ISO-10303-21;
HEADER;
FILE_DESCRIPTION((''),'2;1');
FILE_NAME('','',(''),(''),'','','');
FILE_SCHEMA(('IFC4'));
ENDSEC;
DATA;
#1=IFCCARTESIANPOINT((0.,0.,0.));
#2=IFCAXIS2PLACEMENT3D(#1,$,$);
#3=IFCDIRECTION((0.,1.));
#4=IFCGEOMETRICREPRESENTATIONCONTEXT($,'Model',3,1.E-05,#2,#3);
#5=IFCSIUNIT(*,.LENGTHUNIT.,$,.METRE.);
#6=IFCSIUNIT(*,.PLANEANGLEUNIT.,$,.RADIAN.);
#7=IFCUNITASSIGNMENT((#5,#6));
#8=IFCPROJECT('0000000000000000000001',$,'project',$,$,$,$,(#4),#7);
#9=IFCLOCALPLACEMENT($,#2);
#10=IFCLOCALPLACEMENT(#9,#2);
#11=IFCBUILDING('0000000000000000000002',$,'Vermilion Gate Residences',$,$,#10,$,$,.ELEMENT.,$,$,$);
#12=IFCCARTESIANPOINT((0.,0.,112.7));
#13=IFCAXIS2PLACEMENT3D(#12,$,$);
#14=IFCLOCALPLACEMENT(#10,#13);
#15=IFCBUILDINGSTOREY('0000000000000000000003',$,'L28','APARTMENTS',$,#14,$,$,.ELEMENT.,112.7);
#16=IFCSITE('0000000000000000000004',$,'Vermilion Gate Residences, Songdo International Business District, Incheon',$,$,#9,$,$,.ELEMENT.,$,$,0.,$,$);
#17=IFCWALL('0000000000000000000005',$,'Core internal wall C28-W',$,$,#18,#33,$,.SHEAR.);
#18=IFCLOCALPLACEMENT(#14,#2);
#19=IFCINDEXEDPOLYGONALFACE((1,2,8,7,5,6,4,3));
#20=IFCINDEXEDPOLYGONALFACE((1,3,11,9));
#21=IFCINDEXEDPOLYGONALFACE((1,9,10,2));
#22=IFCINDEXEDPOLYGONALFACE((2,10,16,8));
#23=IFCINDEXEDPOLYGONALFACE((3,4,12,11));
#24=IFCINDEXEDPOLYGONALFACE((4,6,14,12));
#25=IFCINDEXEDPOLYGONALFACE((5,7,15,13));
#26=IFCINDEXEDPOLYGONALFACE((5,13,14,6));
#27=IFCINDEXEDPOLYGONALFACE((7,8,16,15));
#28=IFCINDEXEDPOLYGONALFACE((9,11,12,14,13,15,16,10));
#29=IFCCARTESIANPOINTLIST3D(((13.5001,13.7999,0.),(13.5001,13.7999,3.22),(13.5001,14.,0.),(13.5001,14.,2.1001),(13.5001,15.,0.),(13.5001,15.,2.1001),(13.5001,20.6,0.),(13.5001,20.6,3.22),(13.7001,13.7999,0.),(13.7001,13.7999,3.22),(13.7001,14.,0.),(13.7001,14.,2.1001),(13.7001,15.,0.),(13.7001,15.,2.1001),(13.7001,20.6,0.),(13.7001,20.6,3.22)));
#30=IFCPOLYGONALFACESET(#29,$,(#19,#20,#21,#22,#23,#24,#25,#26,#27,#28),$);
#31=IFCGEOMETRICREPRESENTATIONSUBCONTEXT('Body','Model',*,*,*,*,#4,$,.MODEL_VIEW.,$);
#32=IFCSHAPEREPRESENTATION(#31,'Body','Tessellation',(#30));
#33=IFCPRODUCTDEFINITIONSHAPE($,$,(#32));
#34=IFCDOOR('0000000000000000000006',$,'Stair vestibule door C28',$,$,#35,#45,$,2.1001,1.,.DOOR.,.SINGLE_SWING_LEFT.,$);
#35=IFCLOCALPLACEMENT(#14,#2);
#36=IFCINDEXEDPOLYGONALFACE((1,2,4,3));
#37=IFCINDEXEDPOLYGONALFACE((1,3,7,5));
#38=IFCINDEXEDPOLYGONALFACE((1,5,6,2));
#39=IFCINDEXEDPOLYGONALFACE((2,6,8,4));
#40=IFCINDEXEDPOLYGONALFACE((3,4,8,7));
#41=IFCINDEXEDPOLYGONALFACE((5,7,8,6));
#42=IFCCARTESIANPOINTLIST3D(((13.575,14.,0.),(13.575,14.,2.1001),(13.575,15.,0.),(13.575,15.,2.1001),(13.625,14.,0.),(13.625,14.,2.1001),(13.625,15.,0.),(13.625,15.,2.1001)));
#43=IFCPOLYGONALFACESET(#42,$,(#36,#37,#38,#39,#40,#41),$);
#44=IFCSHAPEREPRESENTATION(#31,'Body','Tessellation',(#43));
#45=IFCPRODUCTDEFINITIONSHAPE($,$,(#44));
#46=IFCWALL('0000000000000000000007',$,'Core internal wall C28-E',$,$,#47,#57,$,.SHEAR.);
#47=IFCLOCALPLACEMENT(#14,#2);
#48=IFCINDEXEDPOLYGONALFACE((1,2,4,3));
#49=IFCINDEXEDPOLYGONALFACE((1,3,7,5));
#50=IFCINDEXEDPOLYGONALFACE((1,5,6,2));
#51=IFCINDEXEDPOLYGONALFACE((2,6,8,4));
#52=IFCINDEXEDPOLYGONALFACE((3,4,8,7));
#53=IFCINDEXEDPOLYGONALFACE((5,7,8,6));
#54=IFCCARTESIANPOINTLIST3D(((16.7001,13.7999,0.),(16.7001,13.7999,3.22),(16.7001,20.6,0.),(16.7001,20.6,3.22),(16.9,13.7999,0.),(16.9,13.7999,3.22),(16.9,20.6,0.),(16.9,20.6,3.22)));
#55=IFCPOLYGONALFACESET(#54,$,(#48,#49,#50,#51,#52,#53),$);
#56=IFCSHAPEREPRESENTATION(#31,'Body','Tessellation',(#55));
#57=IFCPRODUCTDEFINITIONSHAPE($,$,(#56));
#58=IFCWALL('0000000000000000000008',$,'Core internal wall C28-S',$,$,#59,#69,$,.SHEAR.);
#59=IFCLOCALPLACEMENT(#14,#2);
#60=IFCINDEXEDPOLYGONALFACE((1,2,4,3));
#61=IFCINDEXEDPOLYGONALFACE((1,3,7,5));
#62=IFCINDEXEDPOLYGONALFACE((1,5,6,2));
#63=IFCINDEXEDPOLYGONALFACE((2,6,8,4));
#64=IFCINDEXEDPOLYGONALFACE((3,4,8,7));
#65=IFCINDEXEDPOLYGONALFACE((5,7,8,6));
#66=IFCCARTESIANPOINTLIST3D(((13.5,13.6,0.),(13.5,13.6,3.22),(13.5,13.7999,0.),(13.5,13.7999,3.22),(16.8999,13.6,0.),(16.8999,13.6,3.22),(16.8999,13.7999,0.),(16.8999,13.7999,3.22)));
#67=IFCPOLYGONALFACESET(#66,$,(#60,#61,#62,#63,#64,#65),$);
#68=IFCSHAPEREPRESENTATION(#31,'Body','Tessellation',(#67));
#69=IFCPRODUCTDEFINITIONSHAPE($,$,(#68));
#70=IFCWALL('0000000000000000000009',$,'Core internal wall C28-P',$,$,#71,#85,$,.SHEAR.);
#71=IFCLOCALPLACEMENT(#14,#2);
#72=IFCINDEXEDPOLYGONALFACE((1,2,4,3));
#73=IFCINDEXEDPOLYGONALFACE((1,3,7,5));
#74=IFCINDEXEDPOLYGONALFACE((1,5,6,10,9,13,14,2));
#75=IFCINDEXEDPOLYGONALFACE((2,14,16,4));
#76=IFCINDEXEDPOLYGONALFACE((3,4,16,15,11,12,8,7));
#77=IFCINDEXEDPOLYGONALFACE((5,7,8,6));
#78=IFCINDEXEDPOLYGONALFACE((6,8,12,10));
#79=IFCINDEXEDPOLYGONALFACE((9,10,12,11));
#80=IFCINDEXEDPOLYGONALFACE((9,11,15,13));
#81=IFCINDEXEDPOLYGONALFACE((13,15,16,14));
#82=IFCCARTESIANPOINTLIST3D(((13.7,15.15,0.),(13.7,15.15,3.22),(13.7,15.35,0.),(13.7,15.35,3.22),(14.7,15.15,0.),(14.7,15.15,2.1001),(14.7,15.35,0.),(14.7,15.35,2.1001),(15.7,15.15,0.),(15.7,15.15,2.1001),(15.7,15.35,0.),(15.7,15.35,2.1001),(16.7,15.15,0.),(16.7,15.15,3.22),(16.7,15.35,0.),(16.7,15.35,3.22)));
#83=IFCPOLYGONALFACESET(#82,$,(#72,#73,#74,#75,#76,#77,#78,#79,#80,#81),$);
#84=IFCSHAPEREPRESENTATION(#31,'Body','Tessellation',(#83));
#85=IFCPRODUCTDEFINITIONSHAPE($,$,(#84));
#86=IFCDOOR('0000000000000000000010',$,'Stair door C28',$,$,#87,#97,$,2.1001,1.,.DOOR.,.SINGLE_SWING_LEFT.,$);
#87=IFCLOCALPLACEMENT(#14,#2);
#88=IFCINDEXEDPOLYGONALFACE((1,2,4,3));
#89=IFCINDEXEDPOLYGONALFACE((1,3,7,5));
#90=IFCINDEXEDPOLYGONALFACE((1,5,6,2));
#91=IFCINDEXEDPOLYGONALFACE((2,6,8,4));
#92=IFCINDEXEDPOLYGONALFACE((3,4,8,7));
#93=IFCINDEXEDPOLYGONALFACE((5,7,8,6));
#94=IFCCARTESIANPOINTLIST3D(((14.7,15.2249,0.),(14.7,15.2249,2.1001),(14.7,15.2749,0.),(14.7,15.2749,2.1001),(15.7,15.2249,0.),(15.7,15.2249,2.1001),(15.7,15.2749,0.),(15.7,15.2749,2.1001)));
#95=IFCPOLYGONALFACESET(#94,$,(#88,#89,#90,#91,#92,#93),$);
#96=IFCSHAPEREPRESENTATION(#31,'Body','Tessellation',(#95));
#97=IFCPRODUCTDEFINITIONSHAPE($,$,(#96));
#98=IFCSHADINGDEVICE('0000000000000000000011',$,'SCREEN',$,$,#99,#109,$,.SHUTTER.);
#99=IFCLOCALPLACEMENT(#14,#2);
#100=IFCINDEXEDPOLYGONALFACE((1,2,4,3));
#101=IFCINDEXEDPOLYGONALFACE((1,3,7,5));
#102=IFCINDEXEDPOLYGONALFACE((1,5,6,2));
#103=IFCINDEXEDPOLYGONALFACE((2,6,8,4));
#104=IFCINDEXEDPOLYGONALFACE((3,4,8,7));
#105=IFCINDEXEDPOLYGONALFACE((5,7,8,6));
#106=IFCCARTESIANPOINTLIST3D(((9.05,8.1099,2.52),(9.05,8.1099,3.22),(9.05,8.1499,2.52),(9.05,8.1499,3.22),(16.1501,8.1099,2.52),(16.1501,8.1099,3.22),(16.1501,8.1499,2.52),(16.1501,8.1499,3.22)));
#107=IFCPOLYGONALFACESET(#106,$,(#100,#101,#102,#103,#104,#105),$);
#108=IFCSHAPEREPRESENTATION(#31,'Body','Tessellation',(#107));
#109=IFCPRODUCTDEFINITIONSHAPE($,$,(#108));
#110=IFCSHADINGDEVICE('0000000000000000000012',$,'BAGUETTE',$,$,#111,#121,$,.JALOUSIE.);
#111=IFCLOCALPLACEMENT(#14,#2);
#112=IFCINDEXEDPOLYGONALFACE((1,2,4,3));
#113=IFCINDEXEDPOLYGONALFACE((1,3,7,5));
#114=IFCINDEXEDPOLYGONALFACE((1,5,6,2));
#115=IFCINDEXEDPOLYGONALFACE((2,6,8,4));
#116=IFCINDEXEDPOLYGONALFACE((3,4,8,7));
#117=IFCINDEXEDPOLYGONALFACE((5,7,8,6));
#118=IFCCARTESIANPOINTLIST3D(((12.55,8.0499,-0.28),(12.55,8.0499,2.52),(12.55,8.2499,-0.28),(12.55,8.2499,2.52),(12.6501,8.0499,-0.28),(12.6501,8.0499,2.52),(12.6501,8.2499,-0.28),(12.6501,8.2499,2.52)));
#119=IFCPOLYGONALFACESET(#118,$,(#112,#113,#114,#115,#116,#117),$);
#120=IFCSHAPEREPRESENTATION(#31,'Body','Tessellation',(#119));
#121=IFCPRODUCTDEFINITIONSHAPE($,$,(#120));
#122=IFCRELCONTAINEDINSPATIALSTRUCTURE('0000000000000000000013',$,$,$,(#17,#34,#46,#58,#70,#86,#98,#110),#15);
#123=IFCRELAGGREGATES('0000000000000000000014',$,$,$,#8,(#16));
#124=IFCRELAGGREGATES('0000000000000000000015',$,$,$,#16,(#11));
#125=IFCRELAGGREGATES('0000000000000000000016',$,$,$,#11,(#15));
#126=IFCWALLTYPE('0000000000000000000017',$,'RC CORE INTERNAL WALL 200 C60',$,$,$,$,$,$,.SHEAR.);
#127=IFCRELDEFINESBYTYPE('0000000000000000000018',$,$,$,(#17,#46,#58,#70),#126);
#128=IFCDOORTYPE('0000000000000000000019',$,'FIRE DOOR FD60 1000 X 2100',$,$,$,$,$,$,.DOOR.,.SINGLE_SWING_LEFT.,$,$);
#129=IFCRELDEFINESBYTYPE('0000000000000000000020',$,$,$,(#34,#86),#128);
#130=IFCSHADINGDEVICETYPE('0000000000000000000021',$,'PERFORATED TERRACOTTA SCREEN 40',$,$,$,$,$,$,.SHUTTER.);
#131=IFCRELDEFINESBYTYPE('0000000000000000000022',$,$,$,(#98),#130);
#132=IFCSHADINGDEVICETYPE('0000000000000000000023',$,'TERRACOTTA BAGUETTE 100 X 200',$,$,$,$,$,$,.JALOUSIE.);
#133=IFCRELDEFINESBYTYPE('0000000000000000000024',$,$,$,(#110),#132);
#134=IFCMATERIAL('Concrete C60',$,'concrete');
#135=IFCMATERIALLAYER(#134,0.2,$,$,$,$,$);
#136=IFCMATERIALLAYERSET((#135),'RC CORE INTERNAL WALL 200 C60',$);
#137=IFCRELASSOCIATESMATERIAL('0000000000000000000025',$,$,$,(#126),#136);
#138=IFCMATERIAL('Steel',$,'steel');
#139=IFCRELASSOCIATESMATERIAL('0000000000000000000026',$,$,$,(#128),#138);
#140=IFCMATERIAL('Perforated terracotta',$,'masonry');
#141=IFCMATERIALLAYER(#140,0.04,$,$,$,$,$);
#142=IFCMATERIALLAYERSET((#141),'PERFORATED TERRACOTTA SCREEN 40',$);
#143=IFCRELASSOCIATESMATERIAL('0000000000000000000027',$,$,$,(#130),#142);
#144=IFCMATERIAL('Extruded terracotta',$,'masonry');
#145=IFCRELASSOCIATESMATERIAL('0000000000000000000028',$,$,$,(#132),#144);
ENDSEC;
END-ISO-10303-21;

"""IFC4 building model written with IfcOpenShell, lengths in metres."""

from ifc_helpers import new_model, si_unit, direction, frame, frame_2d, origin, origin_2d, place, context, subcontext, project, spatial, rectangle, extrude, material, layer, layer_set, material_profile, profile_set, type_object, element, fill, save


model = new_model("IFC4")

# Units and contexts
model_context = context("Model", 3, precision=1e-05, world=origin(), true_north=direction((0.0, 1.0)))
body_context = subcontext(model_context, "Body", "Model", "MODEL_VIEW")
ifc_project = project(units=[si_unit("LENGTHUNIT", "METRE"), si_unit("PLANEANGLEUNIT", "RADIAN")], contexts=[model_context])

# Site, building, storey
site_placement = place(None, origin())
site = spatial("IfcSite", under=ifc_project, at=site_placement, Name="Vermilion Gate Residences, Songdo International Business District, Incheon", CompositionType="ELEMENT", RefElevation=0.0)
building_placement = place(site_placement, origin())
building = spatial("IfcBuilding", under=site, at=building_placement, Name="Vermilion Gate Residences", CompositionType="ELEMENT")
storey_placement = place(building_placement, frame((0.0, 0.0, 112.7)))
storey = spatial("IfcBuildingStorey", under=building, at=storey_placement, Name="L28", Description="APARTMENTS", CompositionType="ELEMENT", Elevation=112.7)

# Wall, opening, door
ifc_material_1 = material(Name="Concrete C60", Category="concrete")
ifc_layer_1 = layer(ifc_material_1, 0.2)
ifc_layer_set_1 = layer_set([ifc_layer_1], Name="RC CORE INTERNAL WALL 200 C60")
wall_type_1 = type_object("IfcWallType", Name="RC CORE INTERNAL WALL 200 C60", PredefinedType="SHEAR", material=ifc_layer_set_1)
wall_1_placement = place(storey_placement, frame((13.6001, 13.8, 0.0), z_axis=(0.0, 0.0, 1.0), x_axis=(0.0, 1.0, 0.0)))
wall_1 = element("IfcWall", 1, at=wall_1_placement, inside=storey, type_object=wall_type_1, Name="Core internal wall C28-W", PredefinedType="SHEAR", context=body_context, shape_type="SweptSolid", body=[
    extrude(rectangle(XDim=6.8, YDim=0.2, at=frame_2d((3.3999, 0.0))), origin(), (0.0, 0.0, 1.0), 3.22),
])
opening_1_placement = place(wall_1_placement, frame((0.2, 0.0, 0.0)))
opening_1 = element("IfcOpeningElement", 2, at=opening_1_placement, cuts=wall_1, PredefinedType="OPENING", context=body_context, shape_type="SweptSolid", body=[
    extrude(rectangle(XDim=1.0, YDim=2.1001, at=frame_2d((0.5, 1.05))), frame((0.0, 0.1099, 0.0), z_axis=(0.0, -1.0, 0.0), x_axis=(1.0, 0.0, 0.0)), (0.0, 0.0, 1.0), 0.22),
])
ifc_material_2 = material(Name="Steel", Category="steel")
door_type_1 = type_object("IfcDoorType", Name="FIRE DOOR FD60 1000 X 2100", OperationType="SINGLE_SWING_LEFT", PredefinedType="DOOR", material=ifc_material_2)
door_1_placement = place(opening_1_placement, frame((1.0, 0.0, 0.0), z_axis=(0.0, 0.0, 1.0), x_axis=(-1.0, 0.0, 0.0)))
door_1 = element("IfcDoor", 3, at=door_1_placement, inside=storey, type_object=door_type_1, Name="Stair vestibule door C28", OperationType="SINGLE_SWING_LEFT", OverallHeight=2.1001, OverallWidth=1.0, PredefinedType="DOOR", context=body_context, shape_type="SweptSolid", body=[
    extrude(rectangle(XDim=1.0, YDim=2.1001, at=frame_2d((0.5, 1.05))), frame((0.0, 0.0249, 0.0), z_axis=(0.0, -1.0, 0.0), x_axis=(1.0, 0.0, 0.0)), (0.0, 0.0, 1.0), 0.05),
])
fill(opening_1, door_1)

# Walls
wall_2_placement = place(storey_placement, frame((16.8, 13.8, 0.0), z_axis=(0.0, 0.0, 1.0), x_axis=(0.0, 1.0, 0.0)))
element("IfcWall", 4, at=wall_2_placement, inside=storey, type_object=wall_type_1, Name="Core internal wall C28-E", PredefinedType="SHEAR", context=body_context, shape_type="SweptSolid", body=[
    extrude(rectangle(XDim=6.8, YDim=0.2, at=frame_2d((3.3999, 0.0))), origin(), (0.0, 0.0, 1.0), 3.22),
])
wall_3_placement = place(storey_placement, frame((13.5, 13.7, 0.0), z_axis=(0.0, 0.0, 1.0), x_axis=(1.0, 0.0, 0.0)))
element("IfcWall", 5, at=wall_3_placement, inside=storey, type_object=wall_type_1, Name="Core internal wall C28-S", PredefinedType="SHEAR", context=body_context, shape_type="SweptSolid", body=[
    extrude(rectangle(XDim=3.3999, YDim=0.2, at=frame_2d((1.7, 0.0))), origin(), (0.0, 0.0, 1.0), 3.22),
])

# Wall, opening, door
wall_4_placement = place(storey_placement, frame((13.7, 15.25, 0.0), z_axis=(0.0, 0.0, 1.0), x_axis=(1.0, 0.0, 0.0)))
wall_4 = element("IfcWall", 6, at=wall_4_placement, inside=storey, type_object=wall_type_1, Name="Core internal wall C28-P", PredefinedType="SHEAR", context=body_context, shape_type="SweptSolid", body=[
    extrude(rectangle(XDim=3.0, YDim=0.2, at=frame_2d((1.5, 0.0))), origin(), (0.0, 0.0, 1.0), 3.22),
])
opening_2_placement = place(wall_4_placement, frame((1.0, 0.0, 0.0)))
opening_2 = element("IfcOpeningElement", 7, at=opening_2_placement, cuts=wall_4, PredefinedType="OPENING", context=body_context, shape_type="SweptSolid", body=[
    extrude(rectangle(XDim=1.0, YDim=2.1001, at=frame_2d((0.5, 1.05))), frame((0.0, 0.1099, 0.0), z_axis=(0.0, -1.0, 0.0), x_axis=(1.0, 0.0, 0.0)), (0.0, 0.0, 1.0), 0.22),
])
door_2_placement = place(opening_2_placement, origin())
door_2 = element("IfcDoor", 8, at=door_2_placement, inside=storey, type_object=door_type_1, Name="Stair door C28", OperationType="SINGLE_SWING_LEFT", OverallHeight=2.1001, OverallWidth=1.0, PredefinedType="DOOR", context=body_context, shape_type="SweptSolid", body=[
    extrude(rectangle(XDim=1.0, YDim=2.1001, at=frame_2d((0.5, 1.05))), frame((0.0, 0.0249, 0.0), z_axis=(0.0, -1.0, 0.0), x_axis=(1.0, 0.0, 0.0)), (0.0, 0.0, 1.0), 0.05),
])
fill(opening_2, door_2)

# Shading devices
ifc_material_3 = material(Name="Perforated terracotta", Category="masonry")
ifc_layer_2 = layer(ifc_material_3, 0.04)
ifc_layer_set_2 = layer_set([ifc_layer_2], Name="PERFORATED TERRACOTTA SCREEN 40")
shading_device_type_1 = type_object("IfcShadingDeviceType", Name="PERFORATED TERRACOTTA SCREEN 40", PredefinedType="SHUTTER", material=ifc_layer_set_2)
shading_device_1_placement = place(storey_placement, frame((12.6001, 8.1299, 2.52), z_axis=(0.0, 0.0, 1.0), x_axis=(1.0, 0.0, 0.0)))
element("IfcShadingDevice", 9, at=shading_device_1_placement, inside=storey, type_object=shading_device_type_1, Name="SCREEN", PredefinedType="SHUTTER", context=body_context, shape_type="SweptSolid", body=[
    extrude(rectangle(XDim=7.1001, YDim=0.04, at=origin_2d()), origin(), (0.0, 0.0, 1.0), 0.7),
])
ifc_material_4 = material(Name="Extruded terracotta", Category="masonry")
ifc_material_profile_1 = material_profile(ifc_material_4, rectangle(XDim=0.2, YDim=0.1001, at=origin_2d()), Name="BAGUETTE 100 X 200")
ifc_profile_set_1 = profile_set([ifc_material_profile_1], Name="Extruded terracotta")
shading_device_type_2 = type_object("IfcShadingDeviceType", Name="TERRACOTTA BAGUETTE 100 X 200", PredefinedType="JALOUSIE", material=ifc_profile_set_1)
shading_device_2_placement = place(storey_placement, frame((12.6001, 8.1499, -0.28), z_axis=(0.0, 0.0, 1.0), x_axis=(0.0, 1.0, 0.0)))
element("IfcShadingDevice", 10, at=shading_device_2_placement, inside=storey, type_object=shading_device_type_2, Name="BAGUETTE", PredefinedType="JALOUSIE", context=body_context, shape_type="SweptSolid", body=[
    extrude(rectangle(XDim=0.2, YDim=0.1001, at=origin_2d()), origin(), (0.0, 0.0, 1.0), 2.8),
])

save(model, "model.ifc")
